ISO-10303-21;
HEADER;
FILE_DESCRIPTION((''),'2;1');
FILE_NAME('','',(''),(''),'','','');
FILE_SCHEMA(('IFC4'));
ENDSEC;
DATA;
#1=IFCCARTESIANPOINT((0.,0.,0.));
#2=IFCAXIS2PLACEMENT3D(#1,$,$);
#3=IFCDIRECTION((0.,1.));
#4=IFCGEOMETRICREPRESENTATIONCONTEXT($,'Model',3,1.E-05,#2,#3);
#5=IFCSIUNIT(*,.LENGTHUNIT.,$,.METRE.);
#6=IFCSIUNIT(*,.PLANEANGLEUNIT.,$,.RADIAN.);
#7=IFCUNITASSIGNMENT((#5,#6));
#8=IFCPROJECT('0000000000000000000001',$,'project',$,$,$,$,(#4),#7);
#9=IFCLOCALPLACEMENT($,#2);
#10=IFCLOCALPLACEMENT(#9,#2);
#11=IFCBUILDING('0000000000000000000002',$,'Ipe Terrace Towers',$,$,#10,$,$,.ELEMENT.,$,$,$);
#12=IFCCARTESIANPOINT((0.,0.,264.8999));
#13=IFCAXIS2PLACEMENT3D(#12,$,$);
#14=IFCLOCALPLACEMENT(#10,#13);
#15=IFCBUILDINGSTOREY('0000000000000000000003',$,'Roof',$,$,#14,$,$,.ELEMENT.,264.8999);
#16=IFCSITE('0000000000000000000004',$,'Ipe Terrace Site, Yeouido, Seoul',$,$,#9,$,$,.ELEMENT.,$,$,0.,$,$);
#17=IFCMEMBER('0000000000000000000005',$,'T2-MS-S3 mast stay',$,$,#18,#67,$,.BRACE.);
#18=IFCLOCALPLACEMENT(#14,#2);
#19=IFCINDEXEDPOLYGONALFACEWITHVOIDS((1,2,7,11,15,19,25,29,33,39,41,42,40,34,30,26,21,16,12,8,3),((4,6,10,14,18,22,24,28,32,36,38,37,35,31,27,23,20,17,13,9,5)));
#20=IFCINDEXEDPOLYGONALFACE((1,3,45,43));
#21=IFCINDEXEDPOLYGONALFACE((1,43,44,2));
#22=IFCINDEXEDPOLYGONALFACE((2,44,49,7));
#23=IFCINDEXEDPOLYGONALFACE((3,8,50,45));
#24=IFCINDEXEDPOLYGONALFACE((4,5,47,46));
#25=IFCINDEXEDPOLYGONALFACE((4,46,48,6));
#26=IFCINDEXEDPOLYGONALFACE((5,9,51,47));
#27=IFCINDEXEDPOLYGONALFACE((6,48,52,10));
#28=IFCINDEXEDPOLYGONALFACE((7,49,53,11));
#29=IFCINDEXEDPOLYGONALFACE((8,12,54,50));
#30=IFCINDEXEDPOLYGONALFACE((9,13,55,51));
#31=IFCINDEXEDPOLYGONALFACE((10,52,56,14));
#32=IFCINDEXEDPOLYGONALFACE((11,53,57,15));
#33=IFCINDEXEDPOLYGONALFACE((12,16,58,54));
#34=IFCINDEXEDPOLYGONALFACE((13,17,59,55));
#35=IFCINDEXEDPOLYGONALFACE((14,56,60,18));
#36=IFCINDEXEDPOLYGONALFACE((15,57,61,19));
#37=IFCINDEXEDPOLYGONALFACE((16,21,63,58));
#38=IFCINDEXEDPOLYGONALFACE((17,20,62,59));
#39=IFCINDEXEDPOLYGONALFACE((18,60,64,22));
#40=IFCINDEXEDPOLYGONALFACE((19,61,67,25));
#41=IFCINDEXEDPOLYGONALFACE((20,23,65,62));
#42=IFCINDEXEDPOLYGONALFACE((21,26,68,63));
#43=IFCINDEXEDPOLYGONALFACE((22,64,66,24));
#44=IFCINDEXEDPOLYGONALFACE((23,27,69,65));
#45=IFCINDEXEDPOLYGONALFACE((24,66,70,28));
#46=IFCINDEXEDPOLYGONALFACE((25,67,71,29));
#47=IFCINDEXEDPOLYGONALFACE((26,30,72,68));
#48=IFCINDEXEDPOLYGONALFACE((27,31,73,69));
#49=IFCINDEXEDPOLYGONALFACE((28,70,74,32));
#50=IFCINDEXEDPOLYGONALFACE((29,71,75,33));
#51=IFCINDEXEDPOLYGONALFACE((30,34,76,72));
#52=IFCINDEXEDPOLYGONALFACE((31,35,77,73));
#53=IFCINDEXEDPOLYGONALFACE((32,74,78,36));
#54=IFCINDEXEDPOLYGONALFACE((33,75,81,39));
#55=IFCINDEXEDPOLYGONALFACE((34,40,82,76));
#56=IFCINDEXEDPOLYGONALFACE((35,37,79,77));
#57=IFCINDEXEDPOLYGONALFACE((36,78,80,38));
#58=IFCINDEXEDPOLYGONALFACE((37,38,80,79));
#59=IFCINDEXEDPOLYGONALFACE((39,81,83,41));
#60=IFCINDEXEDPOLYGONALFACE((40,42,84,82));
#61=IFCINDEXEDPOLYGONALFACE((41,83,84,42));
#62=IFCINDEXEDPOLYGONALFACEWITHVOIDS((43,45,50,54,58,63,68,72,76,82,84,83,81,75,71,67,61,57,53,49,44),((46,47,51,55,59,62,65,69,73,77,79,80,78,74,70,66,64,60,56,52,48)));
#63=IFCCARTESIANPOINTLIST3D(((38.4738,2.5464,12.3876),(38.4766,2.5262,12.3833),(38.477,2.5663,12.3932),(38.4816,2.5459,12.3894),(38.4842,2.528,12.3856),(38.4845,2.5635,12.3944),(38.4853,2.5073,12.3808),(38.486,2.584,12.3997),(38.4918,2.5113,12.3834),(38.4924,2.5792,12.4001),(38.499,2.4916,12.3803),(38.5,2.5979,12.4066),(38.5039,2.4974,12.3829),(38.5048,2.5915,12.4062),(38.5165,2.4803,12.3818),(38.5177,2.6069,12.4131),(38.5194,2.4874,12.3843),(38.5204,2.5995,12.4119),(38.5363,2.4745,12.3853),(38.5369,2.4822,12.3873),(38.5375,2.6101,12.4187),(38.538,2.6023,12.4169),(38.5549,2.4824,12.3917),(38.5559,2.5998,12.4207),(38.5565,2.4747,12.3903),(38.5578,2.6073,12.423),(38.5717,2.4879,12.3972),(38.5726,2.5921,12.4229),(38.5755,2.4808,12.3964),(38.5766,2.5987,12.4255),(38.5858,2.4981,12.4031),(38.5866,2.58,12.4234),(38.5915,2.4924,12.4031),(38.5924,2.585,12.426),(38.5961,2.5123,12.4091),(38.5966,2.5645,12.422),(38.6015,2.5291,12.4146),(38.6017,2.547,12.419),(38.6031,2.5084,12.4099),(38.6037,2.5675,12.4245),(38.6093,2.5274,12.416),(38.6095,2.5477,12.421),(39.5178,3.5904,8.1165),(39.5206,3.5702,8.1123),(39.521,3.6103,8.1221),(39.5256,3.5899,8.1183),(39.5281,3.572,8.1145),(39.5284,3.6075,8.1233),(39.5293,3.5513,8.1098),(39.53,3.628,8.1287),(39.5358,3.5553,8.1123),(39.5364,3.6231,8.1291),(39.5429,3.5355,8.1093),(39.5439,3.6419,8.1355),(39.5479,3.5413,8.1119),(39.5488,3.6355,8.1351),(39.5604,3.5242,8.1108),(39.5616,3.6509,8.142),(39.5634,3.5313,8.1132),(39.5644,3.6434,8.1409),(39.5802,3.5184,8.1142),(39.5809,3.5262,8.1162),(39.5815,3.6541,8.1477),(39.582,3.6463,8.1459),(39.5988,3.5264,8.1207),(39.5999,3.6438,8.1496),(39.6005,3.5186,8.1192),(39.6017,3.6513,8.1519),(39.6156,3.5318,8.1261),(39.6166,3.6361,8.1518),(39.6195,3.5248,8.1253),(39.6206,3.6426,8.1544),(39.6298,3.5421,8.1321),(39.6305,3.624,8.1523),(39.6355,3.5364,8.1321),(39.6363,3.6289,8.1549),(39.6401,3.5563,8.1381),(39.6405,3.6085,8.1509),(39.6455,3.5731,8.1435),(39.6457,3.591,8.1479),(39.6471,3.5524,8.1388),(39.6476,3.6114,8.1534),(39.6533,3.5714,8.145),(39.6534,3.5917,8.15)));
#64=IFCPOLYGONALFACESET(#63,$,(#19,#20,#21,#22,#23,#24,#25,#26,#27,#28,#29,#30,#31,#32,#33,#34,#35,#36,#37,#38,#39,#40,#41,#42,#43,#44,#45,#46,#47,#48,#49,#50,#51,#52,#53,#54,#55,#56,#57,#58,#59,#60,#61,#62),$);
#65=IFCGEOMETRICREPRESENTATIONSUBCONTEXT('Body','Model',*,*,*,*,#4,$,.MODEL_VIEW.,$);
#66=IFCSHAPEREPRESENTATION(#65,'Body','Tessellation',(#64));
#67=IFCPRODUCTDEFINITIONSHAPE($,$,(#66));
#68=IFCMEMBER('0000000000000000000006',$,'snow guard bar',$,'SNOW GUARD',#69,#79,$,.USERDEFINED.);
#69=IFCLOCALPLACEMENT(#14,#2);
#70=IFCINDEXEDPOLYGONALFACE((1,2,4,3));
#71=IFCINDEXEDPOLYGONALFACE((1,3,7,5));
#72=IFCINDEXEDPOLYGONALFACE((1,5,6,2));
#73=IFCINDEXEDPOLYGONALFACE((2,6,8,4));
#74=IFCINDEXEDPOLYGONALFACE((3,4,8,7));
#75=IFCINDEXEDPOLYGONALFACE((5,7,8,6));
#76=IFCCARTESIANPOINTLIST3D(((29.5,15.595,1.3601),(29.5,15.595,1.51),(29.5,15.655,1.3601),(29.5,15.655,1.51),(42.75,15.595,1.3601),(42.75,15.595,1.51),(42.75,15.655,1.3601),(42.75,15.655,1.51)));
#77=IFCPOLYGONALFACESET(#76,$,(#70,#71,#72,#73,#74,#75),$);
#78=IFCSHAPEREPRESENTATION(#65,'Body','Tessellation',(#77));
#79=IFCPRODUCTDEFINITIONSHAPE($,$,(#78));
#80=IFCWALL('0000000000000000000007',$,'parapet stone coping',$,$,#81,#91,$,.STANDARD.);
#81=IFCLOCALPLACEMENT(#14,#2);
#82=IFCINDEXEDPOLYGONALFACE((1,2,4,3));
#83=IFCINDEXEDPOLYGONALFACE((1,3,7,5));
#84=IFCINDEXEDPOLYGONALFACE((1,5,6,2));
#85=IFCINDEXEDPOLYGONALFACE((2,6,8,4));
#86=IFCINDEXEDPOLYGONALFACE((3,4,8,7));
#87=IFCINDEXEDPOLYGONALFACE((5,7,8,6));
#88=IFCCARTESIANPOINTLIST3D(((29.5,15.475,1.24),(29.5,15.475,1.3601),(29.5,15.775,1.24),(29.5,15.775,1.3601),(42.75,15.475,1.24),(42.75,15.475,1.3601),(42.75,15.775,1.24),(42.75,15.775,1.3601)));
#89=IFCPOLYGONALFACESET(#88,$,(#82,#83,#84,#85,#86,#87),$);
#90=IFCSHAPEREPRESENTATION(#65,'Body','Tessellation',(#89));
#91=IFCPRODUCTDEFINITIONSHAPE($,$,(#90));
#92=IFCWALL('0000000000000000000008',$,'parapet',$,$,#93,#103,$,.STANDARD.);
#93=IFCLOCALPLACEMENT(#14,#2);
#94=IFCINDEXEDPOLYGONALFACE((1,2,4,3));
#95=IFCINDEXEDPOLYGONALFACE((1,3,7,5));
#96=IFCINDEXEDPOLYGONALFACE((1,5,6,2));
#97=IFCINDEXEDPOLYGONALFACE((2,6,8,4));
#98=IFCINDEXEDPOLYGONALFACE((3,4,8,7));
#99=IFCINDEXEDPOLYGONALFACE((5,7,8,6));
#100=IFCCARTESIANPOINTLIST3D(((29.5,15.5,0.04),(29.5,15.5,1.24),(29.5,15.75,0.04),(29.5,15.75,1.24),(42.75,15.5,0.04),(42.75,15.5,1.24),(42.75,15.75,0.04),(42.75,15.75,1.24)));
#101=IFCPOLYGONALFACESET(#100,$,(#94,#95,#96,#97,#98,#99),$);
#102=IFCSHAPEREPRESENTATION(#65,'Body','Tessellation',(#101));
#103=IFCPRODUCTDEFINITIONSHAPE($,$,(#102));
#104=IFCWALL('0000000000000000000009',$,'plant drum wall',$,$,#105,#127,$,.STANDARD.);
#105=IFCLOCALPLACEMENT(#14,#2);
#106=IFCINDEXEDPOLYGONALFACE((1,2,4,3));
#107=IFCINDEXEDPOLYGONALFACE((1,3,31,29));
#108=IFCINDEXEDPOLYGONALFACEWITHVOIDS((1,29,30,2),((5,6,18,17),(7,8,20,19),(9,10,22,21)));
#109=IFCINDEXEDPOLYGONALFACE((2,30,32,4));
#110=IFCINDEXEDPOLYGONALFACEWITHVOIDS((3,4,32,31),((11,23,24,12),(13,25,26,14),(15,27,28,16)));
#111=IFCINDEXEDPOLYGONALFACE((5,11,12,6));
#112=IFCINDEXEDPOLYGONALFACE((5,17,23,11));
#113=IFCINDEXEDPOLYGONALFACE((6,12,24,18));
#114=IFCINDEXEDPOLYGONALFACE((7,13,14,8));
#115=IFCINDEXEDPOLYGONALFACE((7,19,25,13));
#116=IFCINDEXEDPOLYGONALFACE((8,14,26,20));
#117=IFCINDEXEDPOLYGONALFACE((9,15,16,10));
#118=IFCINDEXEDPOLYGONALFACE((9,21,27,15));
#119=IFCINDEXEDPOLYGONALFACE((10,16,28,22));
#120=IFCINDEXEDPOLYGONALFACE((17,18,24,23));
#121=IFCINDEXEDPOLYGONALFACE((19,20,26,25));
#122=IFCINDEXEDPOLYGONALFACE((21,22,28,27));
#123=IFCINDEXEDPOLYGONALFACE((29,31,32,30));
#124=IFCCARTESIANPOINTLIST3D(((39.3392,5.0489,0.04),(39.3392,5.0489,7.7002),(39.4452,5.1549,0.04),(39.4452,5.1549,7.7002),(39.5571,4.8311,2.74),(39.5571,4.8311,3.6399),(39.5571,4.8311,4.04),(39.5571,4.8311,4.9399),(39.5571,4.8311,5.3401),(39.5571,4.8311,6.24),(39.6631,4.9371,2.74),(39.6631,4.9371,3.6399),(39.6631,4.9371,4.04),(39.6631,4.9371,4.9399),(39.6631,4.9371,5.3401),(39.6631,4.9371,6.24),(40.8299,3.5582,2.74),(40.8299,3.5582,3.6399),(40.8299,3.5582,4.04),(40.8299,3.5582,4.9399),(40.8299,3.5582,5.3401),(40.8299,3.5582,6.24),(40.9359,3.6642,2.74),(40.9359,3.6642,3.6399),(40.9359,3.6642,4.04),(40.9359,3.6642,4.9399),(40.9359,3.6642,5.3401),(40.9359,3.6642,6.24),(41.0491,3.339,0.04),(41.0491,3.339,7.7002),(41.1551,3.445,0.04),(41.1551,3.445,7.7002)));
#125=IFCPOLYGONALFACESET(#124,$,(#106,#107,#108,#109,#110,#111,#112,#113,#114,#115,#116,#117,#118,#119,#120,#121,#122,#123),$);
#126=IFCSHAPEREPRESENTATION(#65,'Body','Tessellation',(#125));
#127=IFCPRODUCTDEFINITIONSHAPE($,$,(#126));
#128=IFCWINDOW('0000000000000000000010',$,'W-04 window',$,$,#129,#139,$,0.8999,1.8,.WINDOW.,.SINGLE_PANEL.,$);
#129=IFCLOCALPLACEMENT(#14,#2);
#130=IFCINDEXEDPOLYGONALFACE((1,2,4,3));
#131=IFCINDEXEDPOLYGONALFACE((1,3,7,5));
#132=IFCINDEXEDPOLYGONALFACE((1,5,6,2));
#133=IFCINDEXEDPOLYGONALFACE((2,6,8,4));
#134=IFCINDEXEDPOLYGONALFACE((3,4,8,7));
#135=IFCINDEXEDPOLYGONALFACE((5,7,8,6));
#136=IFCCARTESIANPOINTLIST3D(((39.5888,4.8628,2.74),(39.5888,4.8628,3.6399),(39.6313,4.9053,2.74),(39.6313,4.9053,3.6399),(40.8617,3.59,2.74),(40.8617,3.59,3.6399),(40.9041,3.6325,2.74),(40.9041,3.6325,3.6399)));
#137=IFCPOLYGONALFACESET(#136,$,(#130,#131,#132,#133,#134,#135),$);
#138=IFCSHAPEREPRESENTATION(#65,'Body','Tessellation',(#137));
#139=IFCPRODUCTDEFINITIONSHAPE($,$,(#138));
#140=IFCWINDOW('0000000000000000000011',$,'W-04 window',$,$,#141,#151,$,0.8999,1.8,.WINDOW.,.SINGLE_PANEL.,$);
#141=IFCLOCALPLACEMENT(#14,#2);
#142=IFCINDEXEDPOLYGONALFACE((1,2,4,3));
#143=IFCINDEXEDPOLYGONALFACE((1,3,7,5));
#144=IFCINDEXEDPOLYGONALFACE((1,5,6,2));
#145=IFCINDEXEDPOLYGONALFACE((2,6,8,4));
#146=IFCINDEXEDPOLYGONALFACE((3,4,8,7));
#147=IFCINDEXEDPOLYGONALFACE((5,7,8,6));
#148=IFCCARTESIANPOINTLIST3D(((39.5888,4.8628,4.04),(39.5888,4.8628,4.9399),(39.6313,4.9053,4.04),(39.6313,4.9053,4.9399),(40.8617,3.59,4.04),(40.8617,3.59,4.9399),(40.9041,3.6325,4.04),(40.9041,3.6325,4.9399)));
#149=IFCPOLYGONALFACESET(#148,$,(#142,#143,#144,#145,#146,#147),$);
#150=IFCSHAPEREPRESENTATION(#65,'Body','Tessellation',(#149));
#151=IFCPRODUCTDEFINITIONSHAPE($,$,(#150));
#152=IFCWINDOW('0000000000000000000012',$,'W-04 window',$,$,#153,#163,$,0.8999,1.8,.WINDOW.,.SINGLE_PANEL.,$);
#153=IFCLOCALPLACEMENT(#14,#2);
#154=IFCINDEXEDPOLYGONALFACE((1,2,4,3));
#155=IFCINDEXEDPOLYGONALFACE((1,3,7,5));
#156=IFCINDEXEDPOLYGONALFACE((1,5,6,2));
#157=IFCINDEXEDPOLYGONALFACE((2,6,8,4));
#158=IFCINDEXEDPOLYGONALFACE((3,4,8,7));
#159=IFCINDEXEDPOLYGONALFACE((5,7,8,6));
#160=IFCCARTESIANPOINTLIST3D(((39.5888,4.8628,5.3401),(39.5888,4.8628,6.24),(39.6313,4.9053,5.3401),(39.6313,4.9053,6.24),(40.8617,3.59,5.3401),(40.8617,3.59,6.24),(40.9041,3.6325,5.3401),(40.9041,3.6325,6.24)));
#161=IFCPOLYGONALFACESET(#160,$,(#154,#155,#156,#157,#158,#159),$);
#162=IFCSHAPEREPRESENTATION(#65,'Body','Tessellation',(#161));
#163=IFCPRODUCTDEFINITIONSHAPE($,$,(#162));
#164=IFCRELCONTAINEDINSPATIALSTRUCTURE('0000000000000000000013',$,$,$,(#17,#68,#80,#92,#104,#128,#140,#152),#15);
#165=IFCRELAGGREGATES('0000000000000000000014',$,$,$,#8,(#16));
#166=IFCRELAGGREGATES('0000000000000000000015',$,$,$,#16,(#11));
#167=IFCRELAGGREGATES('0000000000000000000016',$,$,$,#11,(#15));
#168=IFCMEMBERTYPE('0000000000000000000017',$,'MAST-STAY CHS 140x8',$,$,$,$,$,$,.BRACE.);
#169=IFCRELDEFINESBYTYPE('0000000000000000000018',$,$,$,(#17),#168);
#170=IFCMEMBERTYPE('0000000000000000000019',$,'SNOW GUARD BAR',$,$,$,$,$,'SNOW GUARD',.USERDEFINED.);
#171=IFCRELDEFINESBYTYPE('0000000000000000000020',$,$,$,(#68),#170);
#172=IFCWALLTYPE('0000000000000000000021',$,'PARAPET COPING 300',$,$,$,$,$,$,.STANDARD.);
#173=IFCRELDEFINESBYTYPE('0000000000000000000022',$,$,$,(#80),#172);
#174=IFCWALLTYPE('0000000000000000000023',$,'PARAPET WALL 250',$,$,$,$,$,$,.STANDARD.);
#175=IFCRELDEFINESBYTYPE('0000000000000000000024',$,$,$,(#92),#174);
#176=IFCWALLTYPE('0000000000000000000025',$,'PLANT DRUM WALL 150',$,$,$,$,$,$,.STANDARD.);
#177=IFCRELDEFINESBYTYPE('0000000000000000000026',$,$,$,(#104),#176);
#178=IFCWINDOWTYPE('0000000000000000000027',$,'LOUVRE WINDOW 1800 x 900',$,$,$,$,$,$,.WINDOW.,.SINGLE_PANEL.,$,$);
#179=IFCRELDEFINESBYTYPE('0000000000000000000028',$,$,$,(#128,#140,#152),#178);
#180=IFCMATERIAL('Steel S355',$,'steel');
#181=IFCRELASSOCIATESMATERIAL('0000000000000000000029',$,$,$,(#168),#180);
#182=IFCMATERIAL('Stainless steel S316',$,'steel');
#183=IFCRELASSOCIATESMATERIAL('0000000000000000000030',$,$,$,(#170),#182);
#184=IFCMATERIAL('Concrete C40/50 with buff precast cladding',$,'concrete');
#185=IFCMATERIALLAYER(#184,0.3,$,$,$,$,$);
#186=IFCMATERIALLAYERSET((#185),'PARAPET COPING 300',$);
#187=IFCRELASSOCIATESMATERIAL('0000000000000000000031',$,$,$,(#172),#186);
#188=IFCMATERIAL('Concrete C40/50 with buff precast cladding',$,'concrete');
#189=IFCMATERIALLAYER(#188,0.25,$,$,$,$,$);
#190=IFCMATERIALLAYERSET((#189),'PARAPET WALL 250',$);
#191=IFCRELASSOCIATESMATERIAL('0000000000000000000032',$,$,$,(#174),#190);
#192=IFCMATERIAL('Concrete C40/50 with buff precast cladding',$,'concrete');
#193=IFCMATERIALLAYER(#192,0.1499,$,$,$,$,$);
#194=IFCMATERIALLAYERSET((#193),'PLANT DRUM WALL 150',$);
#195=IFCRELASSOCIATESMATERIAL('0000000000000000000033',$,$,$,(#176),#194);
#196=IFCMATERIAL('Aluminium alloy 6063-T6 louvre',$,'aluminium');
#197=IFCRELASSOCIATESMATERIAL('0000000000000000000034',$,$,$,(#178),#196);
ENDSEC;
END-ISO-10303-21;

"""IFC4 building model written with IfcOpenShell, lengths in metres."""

from ifc_helpers import new_model, si_unit, direction, frame, frame_2d, origin, origin_2d, place, context, subcontext, project, spatial, rectangle, hollow_circle, extrude, material, layer, layer_set, material_profile, profile_set, type_object, element, fill, save


model = new_model("IFC4")

# Units and contexts
model_context = context("Model", 3, precision=1e-05, world=origin(), true_north=direction((0.0, 1.0)))
body_context = subcontext(model_context, "Body", "Model", "MODEL_VIEW")
ifc_project = project(units=[si_unit("LENGTHUNIT", "METRE"), si_unit("PLANEANGLEUNIT", "RADIAN")], contexts=[model_context])

# Site, building, storey
site_placement = place(None, origin())
site = spatial("IfcSite", under=ifc_project, at=site_placement, Name="Ipe Terrace Site, Yeouido, Seoul", CompositionType="ELEMENT", RefElevation=0.0)
building_placement = place(site_placement, origin())
building = spatial("IfcBuilding", under=site, at=building_placement, Name="Ipe Terrace Towers", CompositionType="ELEMENT")
storey_placement = place(building_placement, frame((0.0, 0.0, 264.8999)))
storey = spatial("IfcBuildingStorey", under=building, at=storey_placement, Name="Roof", CompositionType="ELEMENT", Elevation=264.8999)

# Members
ifc_material_1 = material(Name="Steel S355", Category="steel")
ifc_material_profile_1 = material_profile(ifc_material_1, hollow_circle(Radius=0.0701, WallThickness=0.0081, at=origin_2d()), Name="MAST-STAY CHS 140x8")
ifc_profile_set_1 = profile_set([ifc_material_profile_1], Name="Steel S355")
member_type_1 = type_object("IfcMemberType", Name="MAST-STAY CHS 140x8", PredefinedType="BRACE", material=ifc_profile_set_1)
member_1_placement = place(storey_placement, frame((39.5859, 3.5859, 8.1321), z_axis=(-0.231014, -0.231014, 0.945127), x_axis=(0.707107, -0.707107, 0.0)))
element("IfcMember", 1, at=member_1_placement, inside=storey, type_object=member_type_1, Name="T2-MS-S3 mast stay", PredefinedType="BRACE", context=body_context, shape_type="SweptSolid", body=[
    extrude(hollow_circle(Radius=0.0701, WallThickness=0.0081, at=origin_2d()), origin(), (0.0, 0.0, 1.0), 4.519),
])
ifc_material_2 = material(Name="Stainless steel S316", Category="steel")
ifc_material_profile_2 = material_profile(ifc_material_2, rectangle(XDim=0.0601, YDim=0.1499, at=origin_2d()), Name="SNOW GUARD BAR")
ifc_profile_set_2 = profile_set([ifc_material_profile_2], Name="Stainless steel S316")
member_type_2 = type_object("IfcMemberType", Name="SNOW GUARD BAR", ElementType="SNOW GUARD", PredefinedType="USERDEFINED", material=ifc_profile_set_2)
member_2_placement = place(storey_placement, frame((42.75, 15.625, 1.4351), z_axis=(-1.0, 0.0, 0.0), x_axis=(0.0, -1.0, 0.0)))
element("IfcMember", 2, at=member_2_placement, inside=storey, type_object=member_type_2, Name="snow guard bar", ObjectType="SNOW GUARD", PredefinedType="USERDEFINED", context=body_context, shape_type="SweptSolid", body=[
    extrude(rectangle(XDim=0.0601, YDim=0.1499, at=origin_2d()), origin(), (0.0, 0.0, 1.0), 13.25),
])

# Walls
ifc_material_3 = material(Name="Concrete C40/50 with buff precast cladding", Category="concrete")
ifc_layer_1 = layer(ifc_material_3, 0.3)
ifc_layer_set_1 = layer_set([ifc_layer_1], Name="PARAPET COPING 300")
wall_type_1 = type_object("IfcWallType", Name="PARAPET COPING 300", PredefinedType="STANDARD", material=ifc_layer_set_1)
wall_1_placement = place(storey_placement, frame((42.75, 15.625, 1.24), z_axis=(0.0, 0.0, 1.0), x_axis=(-1.0, 0.0, 0.0)))
element("IfcWall", 3, at=wall_1_placement, inside=storey, type_object=wall_type_1, Name="parapet stone coping", PredefinedType="STANDARD", context=body_context, shape_type="SweptSolid", body=[
    extrude(rectangle(XDim=13.25, YDim=0.3, at=frame_2d((6.625, 0.0))), origin(), (0.0, 0.0, 1.0), 0.1201),
])
ifc_material_4 = material(Name="Concrete C40/50 with buff precast cladding", Category="concrete")
ifc_layer_2 = layer(ifc_material_4, 0.25)
ifc_layer_set_2 = layer_set([ifc_layer_2], Name="PARAPET WALL 250")
wall_type_2 = type_object("IfcWallType", Name="PARAPET WALL 250", PredefinedType="STANDARD", material=ifc_layer_set_2)
wall_2_placement = place(storey_placement, frame((42.75, 15.625, 0.04), z_axis=(0.0, 0.0, 1.0), x_axis=(-1.0, 0.0, 0.0)))
element("IfcWall", 4, at=wall_2_placement, inside=storey, type_object=wall_type_2, Name="parapet", PredefinedType="STANDARD", context=body_context, shape_type="SweptSolid", body=[
    extrude(rectangle(XDim=13.25, YDim=0.25, at=frame_2d((6.625, 0.0))), origin(), (0.0, 0.0, 1.0), 1.2),
])

# Wall, openings, windows
ifc_material_5 = material(Name="Concrete C40/50 with buff precast cladding", Category="concrete")
ifc_layer_3 = layer(ifc_material_5, 0.1499)
ifc_layer_set_3 = layer_set([ifc_layer_3], Name="PLANT DRUM WALL 150")
wall_type_3 = type_object("IfcWallType", Name="PLANT DRUM WALL 150", PredefinedType="STANDARD", material=ifc_layer_set_3)
wall_3_placement = place(storey_placement, frame((41.1021, 3.3921, 0.04), z_axis=(0.0, 0.0, 1.0), x_axis=(-0.707107, 0.707107, 0.0)))
wall_3 = element("IfcWall", 5, at=wall_3_placement, inside=storey, type_object=wall_type_3, Name="plant drum wall", PredefinedType="STANDARD", context=body_context, shape_type="SweptSolid", body=[
    extrude(rectangle(XDim=2.4182, YDim=0.1499, at=frame_2d((1.209, 0.0))), origin(), (0.0, 0.0, 1.0), 7.6602),
])
opening_1_placement = place(wall_3_placement, frame((0.3101, 0.0, 2.7)))
opening_1 = element("IfcOpeningElement", 6, at=opening_1_placement, cuts=wall_3, PredefinedType="OPENING", context=body_context, shape_type="SweptSolid", body=[
    extrude(rectangle(XDim=1.8, YDim=0.8999, at=frame_2d((0.8999, 0.45))), frame((0.0, 0.085, 0.0), z_axis=(0.0, -1.0, 0.0), x_axis=(1.0, 0.0, 0.0)), (0.0, 0.0, 1.0), 0.1699),
])
opening_2_placement = place(wall_3_placement, frame((0.3101, 0.0, 4.0)))
opening_2 = element("IfcOpeningElement", 7, at=opening_2_placement, cuts=wall_3, PredefinedType="OPENING", context=body_context, shape_type="SweptSolid", body=[
    extrude(rectangle(XDim=1.8, YDim=0.8999, at=frame_2d((0.8999, 0.45))), frame((0.0, 0.085, 0.0), z_axis=(0.0, -1.0, 0.0), x_axis=(1.0, 0.0, 0.0)), (0.0, 0.0, 1.0), 0.1699),
])
opening_3_placement = place(wall_3_placement, frame((0.3101, 0.0, 5.3)))
opening_3 = element("IfcOpeningElement", 8, at=opening_3_placement, cuts=wall_3, PredefinedType="OPENING", context=body_context, shape_type="SweptSolid", body=[
    extrude(rectangle(XDim=1.8, YDim=0.8999, at=frame_2d((0.8999, 0.45))), frame((0.0, 0.085, 0.0), z_axis=(0.0, -1.0, 0.0), x_axis=(1.0, 0.0, 0.0)), (0.0, 0.0, 1.0), 0.1699),
])
ifc_material_6 = material(Name="Aluminium alloy 6063-T6 louvre", Category="aluminium")
window_type = type_object("IfcWindowType", Name="LOUVRE WINDOW 1800 x 900", PartitioningType="SINGLE_PANEL", PredefinedType="WINDOW", material=ifc_material_6)
window_1_placement = place(opening_1_placement, origin())
window_1 = element("IfcWindow", 9, at=window_1_placement, inside=storey, type_object=window_type, Name="W-04 window", OverallHeight=0.8999, OverallWidth=1.8, PartitioningType="SINGLE_PANEL", PredefinedType="WINDOW", context=body_context, shape_type="SweptSolid", body=[
    extrude(rectangle(XDim=1.8, YDim=0.8999, at=frame_2d((0.8999, 0.45))), frame((0.0, 0.03, 0.0), z_axis=(0.0, -1.0, 0.0), x_axis=(1.0, 0.0, 0.0)), (0.0, 0.0, 1.0), 0.0601),
])
fill(opening_1, window_1)
window_2_placement = place(opening_2_placement, origin())
window_2 = element("IfcWindow", 10, at=window_2_placement, inside=storey, type_object=window_type, Name="W-04 window", OverallHeight=0.8999, OverallWidth=1.8, PartitioningType="SINGLE_PANEL", PredefinedType="WINDOW", context=body_context, shape_type="SweptSolid", body=[
    extrude(rectangle(XDim=1.8, YDim=0.8999, at=frame_2d((0.8999, 0.45))), frame((0.0, 0.03, 0.0), z_axis=(0.0, -1.0, 0.0), x_axis=(1.0, 0.0, 0.0)), (0.0, 0.0, 1.0), 0.0601),
])
fill(opening_2, window_2)
window_3_placement = place(opening_3_placement, origin())
window_3 = element("IfcWindow", 11, at=window_3_placement, inside=storey, type_object=window_type, Name="W-04 window", OverallHeight=0.8999, OverallWidth=1.8, PartitioningType="SINGLE_PANEL", PredefinedType="WINDOW", context=body_context, shape_type="SweptSolid", body=[
    extrude(rectangle(XDim=1.8, YDim=0.8999, at=frame_2d((0.8999, 0.45))), frame((0.0, 0.03, 0.0), z_axis=(0.0, -1.0, 0.0), x_axis=(1.0, 0.0, 0.0)), (0.0, 0.0, 1.0), 0.0601),
])
fill(opening_3, window_3)

save(model, "model.ifc")
